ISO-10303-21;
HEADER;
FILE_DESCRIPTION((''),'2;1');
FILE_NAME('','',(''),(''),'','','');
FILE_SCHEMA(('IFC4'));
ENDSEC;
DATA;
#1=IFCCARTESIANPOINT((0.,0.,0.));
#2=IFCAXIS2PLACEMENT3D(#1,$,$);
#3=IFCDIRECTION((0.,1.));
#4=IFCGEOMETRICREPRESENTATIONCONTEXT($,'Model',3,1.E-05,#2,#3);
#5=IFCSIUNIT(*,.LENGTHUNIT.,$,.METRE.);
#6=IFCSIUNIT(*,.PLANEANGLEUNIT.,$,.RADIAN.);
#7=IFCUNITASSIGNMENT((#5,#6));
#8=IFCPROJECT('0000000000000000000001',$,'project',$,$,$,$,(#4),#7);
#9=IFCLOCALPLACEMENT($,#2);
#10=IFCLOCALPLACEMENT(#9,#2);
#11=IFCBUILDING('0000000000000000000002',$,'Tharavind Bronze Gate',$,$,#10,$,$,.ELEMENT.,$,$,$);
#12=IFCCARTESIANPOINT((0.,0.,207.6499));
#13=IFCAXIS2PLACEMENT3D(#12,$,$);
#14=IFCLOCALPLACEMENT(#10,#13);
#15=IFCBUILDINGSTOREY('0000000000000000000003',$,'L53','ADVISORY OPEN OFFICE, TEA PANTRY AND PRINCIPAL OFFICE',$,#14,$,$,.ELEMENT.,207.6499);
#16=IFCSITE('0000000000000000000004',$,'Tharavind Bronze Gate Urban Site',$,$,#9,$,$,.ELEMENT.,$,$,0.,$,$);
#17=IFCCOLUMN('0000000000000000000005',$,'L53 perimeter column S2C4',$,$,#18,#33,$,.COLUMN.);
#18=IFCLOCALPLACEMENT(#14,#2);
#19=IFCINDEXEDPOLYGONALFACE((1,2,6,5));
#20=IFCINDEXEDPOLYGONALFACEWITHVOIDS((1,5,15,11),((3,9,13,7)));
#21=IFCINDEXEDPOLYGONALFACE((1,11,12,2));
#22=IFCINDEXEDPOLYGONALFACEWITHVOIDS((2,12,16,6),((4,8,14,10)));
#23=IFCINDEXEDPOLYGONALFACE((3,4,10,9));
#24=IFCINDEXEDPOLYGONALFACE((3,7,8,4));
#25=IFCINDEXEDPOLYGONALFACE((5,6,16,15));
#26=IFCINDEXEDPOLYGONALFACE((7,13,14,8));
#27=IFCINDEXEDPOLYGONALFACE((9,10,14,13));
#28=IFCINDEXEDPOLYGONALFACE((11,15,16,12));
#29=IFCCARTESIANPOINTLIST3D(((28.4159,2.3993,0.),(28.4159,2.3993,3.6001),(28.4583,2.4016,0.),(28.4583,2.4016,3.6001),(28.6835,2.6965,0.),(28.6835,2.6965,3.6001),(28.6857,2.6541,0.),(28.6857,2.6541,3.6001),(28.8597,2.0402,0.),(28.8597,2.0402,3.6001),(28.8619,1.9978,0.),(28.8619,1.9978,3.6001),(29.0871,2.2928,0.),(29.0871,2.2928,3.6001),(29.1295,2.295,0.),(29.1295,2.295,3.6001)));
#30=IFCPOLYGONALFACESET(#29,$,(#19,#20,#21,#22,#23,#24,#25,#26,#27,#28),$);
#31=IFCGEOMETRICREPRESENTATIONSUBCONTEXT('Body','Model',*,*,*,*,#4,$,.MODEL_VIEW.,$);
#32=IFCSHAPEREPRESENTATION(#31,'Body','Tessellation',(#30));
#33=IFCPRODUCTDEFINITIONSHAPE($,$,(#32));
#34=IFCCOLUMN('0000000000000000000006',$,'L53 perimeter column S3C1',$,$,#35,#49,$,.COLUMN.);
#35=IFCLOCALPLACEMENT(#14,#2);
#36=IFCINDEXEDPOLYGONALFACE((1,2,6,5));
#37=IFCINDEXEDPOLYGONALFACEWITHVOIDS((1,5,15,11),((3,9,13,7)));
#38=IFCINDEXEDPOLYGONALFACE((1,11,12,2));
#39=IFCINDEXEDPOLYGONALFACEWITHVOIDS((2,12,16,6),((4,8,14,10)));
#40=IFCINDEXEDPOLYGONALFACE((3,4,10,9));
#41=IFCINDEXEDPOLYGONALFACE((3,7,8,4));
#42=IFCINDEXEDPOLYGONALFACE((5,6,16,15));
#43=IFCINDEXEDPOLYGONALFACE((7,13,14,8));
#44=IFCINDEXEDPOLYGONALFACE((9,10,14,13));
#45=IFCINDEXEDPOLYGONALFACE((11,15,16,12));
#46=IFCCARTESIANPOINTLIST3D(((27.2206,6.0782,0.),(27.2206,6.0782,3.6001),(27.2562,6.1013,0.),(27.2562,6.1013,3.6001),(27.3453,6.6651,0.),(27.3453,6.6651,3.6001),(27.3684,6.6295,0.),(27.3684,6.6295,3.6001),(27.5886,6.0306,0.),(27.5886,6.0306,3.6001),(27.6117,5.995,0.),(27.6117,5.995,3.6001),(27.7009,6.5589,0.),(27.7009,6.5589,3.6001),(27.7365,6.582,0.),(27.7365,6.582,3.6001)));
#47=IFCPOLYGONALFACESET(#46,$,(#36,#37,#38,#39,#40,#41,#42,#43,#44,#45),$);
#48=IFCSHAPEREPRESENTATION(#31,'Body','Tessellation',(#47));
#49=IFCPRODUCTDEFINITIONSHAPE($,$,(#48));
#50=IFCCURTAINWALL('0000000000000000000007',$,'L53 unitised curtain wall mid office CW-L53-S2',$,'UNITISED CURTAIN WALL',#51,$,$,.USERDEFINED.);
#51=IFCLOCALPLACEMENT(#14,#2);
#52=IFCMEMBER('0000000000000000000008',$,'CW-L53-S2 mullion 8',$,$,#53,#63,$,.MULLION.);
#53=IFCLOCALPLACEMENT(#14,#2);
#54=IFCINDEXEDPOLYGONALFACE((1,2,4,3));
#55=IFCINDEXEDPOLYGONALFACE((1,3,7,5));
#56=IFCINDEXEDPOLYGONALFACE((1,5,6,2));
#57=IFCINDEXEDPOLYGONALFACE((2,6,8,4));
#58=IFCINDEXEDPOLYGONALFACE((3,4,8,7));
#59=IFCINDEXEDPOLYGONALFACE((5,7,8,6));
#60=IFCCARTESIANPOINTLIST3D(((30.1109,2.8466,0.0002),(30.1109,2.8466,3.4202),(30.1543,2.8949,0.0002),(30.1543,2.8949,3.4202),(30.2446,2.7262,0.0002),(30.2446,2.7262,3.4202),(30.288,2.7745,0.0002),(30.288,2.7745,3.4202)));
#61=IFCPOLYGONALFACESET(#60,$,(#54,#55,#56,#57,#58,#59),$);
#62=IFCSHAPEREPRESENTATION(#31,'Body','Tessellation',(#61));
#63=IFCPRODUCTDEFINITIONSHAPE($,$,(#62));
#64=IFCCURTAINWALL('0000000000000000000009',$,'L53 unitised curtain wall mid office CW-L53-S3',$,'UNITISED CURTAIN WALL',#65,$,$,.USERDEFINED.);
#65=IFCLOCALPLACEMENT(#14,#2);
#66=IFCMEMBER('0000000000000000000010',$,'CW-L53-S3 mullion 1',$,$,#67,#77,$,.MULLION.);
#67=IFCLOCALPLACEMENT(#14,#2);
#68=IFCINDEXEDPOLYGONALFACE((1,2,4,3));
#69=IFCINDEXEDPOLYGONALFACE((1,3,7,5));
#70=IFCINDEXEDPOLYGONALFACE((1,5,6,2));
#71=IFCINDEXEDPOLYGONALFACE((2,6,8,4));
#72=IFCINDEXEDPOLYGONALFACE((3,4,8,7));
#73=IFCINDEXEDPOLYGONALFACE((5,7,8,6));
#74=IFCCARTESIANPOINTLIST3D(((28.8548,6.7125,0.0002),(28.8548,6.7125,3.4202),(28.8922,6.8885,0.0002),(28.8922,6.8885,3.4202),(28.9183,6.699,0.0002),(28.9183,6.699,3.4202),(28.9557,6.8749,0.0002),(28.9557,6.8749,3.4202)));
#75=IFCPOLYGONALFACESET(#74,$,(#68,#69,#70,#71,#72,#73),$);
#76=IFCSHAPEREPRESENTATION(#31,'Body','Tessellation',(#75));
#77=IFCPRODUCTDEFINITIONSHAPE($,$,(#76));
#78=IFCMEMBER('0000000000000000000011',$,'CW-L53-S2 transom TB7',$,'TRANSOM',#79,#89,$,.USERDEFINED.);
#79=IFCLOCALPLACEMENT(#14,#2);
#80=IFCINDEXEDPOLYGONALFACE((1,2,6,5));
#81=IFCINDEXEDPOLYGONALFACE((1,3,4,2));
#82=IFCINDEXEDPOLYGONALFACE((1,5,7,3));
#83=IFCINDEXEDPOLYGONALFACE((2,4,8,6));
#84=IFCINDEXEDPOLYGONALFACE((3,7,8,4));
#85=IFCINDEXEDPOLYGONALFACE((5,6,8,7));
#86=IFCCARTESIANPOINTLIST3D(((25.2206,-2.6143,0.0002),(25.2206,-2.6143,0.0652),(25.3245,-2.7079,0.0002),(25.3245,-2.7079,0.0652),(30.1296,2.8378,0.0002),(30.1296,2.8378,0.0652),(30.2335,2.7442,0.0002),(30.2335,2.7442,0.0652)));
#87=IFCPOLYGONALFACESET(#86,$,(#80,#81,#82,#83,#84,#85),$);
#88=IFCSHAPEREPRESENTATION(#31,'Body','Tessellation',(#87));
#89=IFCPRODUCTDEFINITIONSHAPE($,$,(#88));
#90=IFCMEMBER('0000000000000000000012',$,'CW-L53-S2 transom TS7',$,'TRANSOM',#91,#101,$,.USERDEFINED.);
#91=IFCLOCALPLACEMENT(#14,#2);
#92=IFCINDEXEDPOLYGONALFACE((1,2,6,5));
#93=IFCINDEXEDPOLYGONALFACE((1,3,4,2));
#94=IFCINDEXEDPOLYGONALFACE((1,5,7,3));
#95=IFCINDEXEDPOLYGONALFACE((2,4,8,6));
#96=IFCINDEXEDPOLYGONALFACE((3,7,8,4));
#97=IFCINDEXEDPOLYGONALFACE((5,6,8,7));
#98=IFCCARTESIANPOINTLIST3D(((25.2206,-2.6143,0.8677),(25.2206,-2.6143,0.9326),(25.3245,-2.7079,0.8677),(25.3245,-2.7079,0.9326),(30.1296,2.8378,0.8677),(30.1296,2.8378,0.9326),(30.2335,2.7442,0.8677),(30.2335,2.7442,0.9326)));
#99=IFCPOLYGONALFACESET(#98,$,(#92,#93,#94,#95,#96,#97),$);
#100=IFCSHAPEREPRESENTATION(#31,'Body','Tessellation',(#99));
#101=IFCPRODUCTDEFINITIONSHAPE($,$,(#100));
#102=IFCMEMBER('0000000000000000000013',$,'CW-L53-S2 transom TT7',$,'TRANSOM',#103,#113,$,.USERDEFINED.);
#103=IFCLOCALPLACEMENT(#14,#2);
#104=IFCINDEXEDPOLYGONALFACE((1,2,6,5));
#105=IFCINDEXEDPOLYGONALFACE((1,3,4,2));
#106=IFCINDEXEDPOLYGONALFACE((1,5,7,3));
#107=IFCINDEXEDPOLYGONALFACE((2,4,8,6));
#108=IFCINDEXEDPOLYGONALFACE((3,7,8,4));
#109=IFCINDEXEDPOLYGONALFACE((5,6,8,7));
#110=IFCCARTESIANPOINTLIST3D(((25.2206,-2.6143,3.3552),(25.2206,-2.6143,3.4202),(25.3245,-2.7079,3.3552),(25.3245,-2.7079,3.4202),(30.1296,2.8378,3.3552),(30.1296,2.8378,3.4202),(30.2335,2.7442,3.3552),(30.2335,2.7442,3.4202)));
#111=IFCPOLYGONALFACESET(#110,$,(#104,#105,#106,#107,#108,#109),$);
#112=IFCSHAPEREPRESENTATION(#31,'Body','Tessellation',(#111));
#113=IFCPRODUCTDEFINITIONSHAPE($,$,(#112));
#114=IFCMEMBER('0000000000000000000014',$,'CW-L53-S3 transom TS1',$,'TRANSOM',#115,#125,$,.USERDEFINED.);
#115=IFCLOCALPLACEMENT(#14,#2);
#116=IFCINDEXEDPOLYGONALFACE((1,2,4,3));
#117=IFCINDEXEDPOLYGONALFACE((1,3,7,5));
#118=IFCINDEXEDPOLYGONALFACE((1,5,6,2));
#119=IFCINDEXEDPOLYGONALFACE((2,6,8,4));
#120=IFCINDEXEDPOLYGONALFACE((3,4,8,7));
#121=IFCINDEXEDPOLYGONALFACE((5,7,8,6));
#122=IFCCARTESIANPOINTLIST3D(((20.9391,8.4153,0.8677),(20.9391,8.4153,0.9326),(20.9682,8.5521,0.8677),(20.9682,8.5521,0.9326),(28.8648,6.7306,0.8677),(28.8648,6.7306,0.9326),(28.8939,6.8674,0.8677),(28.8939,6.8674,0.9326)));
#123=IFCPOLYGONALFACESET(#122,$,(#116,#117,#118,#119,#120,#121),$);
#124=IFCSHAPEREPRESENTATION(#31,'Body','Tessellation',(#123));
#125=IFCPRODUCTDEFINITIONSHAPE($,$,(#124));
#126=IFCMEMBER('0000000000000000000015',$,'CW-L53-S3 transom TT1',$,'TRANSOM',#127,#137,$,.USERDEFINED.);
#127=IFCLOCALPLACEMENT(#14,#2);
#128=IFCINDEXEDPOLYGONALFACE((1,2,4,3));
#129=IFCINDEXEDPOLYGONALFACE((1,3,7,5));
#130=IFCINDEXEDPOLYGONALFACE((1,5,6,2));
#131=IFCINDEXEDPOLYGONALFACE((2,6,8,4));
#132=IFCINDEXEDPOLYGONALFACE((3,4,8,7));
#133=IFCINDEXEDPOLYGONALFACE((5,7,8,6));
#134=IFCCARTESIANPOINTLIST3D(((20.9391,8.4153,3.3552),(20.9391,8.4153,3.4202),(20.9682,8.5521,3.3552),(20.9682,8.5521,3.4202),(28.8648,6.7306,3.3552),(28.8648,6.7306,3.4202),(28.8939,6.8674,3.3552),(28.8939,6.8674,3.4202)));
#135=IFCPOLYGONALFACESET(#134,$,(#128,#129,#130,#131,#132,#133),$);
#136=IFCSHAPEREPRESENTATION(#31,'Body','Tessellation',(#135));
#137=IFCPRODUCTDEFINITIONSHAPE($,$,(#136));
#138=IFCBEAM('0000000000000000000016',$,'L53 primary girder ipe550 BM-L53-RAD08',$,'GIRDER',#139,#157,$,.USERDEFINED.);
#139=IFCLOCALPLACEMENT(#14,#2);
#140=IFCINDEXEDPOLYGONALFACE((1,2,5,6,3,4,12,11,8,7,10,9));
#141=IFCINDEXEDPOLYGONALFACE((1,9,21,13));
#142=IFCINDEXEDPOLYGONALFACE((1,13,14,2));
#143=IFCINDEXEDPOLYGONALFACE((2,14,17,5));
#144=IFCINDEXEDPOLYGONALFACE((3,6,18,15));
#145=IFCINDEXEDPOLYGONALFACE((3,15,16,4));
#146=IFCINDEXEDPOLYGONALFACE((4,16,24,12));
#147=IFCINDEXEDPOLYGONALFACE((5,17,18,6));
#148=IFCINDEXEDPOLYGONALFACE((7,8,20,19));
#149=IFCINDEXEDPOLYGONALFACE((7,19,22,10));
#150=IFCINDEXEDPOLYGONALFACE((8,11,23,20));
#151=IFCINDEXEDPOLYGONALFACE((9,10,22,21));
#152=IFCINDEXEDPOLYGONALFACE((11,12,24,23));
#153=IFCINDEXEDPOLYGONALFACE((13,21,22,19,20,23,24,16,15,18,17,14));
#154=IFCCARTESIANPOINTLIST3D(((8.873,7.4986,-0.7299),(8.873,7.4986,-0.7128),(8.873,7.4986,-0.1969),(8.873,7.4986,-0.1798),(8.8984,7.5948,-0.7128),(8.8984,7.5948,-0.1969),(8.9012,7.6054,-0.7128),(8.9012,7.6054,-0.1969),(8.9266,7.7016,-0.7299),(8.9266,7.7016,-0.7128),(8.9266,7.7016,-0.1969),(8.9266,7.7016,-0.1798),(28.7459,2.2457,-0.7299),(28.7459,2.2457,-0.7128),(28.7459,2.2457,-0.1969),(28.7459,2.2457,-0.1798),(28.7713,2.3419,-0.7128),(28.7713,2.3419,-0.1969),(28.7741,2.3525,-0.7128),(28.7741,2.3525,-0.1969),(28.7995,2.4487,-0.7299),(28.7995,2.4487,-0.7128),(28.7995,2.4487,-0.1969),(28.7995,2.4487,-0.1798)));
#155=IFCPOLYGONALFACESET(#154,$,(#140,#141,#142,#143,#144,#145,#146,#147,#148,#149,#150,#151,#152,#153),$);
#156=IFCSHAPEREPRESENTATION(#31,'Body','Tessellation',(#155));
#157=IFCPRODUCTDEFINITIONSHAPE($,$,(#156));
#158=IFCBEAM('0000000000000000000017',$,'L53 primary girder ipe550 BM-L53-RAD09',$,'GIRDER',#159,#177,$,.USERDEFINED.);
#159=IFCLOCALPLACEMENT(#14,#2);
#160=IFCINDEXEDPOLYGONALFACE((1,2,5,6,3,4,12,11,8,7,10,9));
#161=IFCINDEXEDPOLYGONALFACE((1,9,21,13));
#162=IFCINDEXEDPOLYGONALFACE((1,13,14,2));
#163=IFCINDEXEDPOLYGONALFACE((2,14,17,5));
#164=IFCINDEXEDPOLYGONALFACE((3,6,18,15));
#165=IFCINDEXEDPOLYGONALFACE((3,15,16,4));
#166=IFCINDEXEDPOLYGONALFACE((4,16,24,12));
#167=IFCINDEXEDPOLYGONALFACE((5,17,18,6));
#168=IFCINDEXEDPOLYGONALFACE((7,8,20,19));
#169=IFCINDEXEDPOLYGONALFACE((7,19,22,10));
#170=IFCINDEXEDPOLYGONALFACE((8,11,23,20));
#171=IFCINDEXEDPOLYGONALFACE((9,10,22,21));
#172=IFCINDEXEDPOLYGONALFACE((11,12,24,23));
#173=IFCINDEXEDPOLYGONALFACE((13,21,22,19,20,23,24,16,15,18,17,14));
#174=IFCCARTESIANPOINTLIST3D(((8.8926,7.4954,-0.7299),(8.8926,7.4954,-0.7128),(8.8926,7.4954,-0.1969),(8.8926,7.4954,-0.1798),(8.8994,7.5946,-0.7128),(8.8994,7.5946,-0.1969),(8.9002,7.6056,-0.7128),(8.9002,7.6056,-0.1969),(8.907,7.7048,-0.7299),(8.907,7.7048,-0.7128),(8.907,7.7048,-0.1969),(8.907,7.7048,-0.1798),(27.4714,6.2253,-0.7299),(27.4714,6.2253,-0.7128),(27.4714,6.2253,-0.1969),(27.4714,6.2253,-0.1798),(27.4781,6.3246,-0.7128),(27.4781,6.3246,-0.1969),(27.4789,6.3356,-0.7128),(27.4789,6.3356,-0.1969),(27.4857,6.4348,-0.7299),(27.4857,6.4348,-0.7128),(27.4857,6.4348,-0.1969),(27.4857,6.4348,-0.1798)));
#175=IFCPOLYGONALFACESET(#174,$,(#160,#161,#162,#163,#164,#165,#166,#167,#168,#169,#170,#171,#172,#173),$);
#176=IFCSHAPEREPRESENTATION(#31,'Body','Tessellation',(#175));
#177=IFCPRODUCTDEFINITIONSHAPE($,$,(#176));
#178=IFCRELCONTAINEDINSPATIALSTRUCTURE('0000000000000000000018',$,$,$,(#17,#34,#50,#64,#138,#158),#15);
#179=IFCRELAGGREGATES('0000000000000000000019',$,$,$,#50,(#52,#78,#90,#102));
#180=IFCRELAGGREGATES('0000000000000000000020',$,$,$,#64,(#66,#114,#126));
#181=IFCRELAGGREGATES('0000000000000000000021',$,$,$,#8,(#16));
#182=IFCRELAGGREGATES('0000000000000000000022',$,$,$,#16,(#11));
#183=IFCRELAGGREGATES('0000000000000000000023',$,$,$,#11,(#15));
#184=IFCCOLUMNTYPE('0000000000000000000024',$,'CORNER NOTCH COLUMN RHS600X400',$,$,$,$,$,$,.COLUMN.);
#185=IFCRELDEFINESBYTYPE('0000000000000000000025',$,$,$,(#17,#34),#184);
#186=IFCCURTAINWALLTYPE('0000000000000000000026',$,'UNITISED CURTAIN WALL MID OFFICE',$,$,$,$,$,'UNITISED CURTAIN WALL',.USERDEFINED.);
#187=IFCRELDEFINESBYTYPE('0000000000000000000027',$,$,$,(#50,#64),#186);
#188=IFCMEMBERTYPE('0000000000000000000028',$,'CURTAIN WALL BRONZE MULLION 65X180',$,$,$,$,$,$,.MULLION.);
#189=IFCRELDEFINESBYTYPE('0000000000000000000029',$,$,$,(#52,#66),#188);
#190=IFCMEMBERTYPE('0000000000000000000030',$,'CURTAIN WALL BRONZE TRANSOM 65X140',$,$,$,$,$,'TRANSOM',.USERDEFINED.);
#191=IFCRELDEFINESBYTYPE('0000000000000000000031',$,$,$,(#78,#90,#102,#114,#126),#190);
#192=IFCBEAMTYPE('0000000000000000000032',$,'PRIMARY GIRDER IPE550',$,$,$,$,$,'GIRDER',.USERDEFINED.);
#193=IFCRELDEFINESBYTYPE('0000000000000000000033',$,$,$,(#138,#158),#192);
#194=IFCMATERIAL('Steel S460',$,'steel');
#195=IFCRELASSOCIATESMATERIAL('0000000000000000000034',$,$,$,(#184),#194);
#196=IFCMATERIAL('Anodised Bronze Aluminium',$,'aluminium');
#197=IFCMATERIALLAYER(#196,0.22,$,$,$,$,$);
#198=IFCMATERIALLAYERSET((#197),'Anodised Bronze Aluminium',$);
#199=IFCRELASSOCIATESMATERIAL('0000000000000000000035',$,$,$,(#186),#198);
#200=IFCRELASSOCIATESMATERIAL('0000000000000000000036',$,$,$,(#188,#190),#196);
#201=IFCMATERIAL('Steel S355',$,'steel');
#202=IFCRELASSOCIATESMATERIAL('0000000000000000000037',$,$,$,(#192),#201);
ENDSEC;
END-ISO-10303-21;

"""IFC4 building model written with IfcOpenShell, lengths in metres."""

from ifc_helpers import new_model, si_unit, direction, frame, origin, origin_2d, place, context, subcontext, project, spatial, rectangle, hollow_rectangle, i_section, extrude, material, layer, layer_set, material_profile, profile_set, type_object, element, aggregate, save


model = new_model("IFC4")

# Units and contexts
model_context = context("Model", 3, precision=1e-05, world=origin(), true_north=direction((0.0, 1.0)))
body_context = subcontext(model_context, "Body", "Model", "MODEL_VIEW")
ifc_project = project(units=[si_unit("LENGTHUNIT", "METRE"), si_unit("PLANEANGLEUNIT", "RADIAN")], contexts=[model_context])

# Site, building, storey
site_placement = place(None, origin())
site = spatial("IfcSite", under=ifc_project, at=site_placement, Name="Tharavind Bronze Gate Urban Site", CompositionType="ELEMENT", RefElevation=0.0)
building_placement = place(site_placement, origin())
building = spatial("IfcBuilding", under=site, at=building_placement, Name="Tharavind Bronze Gate", CompositionType="ELEMENT")
storey_placement = place(building_placement, frame((0.0, 0.0, 207.6499)))
storey = spatial("IfcBuildingStorey", under=building, at=storey_placement, Name="L53", Description="ADVISORY OPEN OFFICE, TEA PANTRY AND PRINCIPAL OFFICE", CompositionType="ELEMENT", Elevation=207.6499)

# Columns
ifc_material_1 = material(Name="Steel S460", Category="steel")
ifc_material_profile_1 = material_profile(ifc_material_1, hollow_rectangle(XDim=0.3999, YDim=0.6001, WallThickness=0.03, at=origin_2d()), Name="RHS600X400X30")
ifc_profile_set_1 = profile_set([ifc_material_profile_1], Name="Steel S460")
column_type = type_object("IfcColumnType", Name="CORNER NOTCH COLUMN RHS600X400", PredefinedType="COLUMN", material=ifc_profile_set_1)
for number, where, z_axis, x_axis, name in (
    (1, (28.7727, 2.3472, 0.0), (0.0, 0.0, 1.0), (0.669131, 0.743145, 0.0), "L53 perimeter column S2C4"),
    (2, (27.4785, 6.3301, 0.0), (0.0, 0.0, 1.0), (-0.978148, 0.207912, 0.0), "L53 perimeter column S3C1"),
):
    element("IfcColumn", number, at=place(storey_placement, frame(where, z_axis=z_axis, x_axis=x_axis)), inside=storey, type_object=column_type, Name=name, PredefinedType="COLUMN", context=body_context, shape_type="SweptSolid", body=[
        extrude(hollow_rectangle(XDim=0.3999, YDim=0.6001, WallThickness=0.03, at=origin_2d()), origin(), (0.0, 0.0, 1.0), 3.6001),
    ])

# Curtain walls, members
ifc_material_2 = material(Name="Anodised Bronze Aluminium", Category="aluminium")
ifc_layer_1 = layer(ifc_material_2, 0.22)
ifc_layer_set_1 = layer_set([ifc_layer_1], Name="Anodised Bronze Aluminium")
curtain_wall_type = type_object("IfcCurtainWallType", Name="UNITISED CURTAIN WALL MID OFFICE", ElementType="UNITISED CURTAIN WALL", PredefinedType="USERDEFINED", material=ifc_layer_set_1)
curtain_wall_1_placement = place(storey_placement, origin())
curtain_wall_1 = element("IfcCurtainWall", 3, at=curtain_wall_1_placement, inside=storey, type_object=curtain_wall_type, Name="L53 unitised curtain wall mid office CW-L53-S2", ObjectType="UNITISED CURTAIN WALL", PredefinedType="USERDEFINED")
member_type_1 = type_object("IfcMemberType", Name="CURTAIN WALL BRONZE MULLION 65X180", PredefinedType="MULLION", material=ifc_material_2)
member_1_placement = place(storey_placement, frame((30.1995, 2.8105, 0.0002), z_axis=(0.0, 0.0, 1.0), x_axis=(0.669131, 0.743145, 0.0)))
member_1 = element("IfcMember", 4, at=member_1_placement, type_object=member_type_1, Name="CW-L53-S2 mullion 8", PredefinedType="MULLION", context=body_context, shape_type="SweptSolid", body=[
    extrude(rectangle(XDim=0.0649, YDim=0.1799, at=origin_2d()), origin(), (0.0, 0.0, 1.0), 3.4199),
])
curtain_wall_2_placement = place(storey_placement, origin())
curtain_wall_2 = element("IfcCurtainWall", 5, at=curtain_wall_2_placement, inside=storey, type_object=curtain_wall_type, Name="L53 unitised curtain wall mid office CW-L53-S3", ObjectType="UNITISED CURTAIN WALL", PredefinedType="USERDEFINED")
member_2_placement = place(storey_placement, frame((28.9053, 6.7937, 0.0002), z_axis=(0.0, 0.0, 1.0), x_axis=(-0.978148, 0.207912, 0.0)))
member_2 = element("IfcMember", 6, at=member_2_placement, type_object=member_type_1, Name="CW-L53-S3 mullion 1", PredefinedType="MULLION", context=body_context, shape_type="SweptSolid", body=[
    extrude(rectangle(XDim=0.0649, YDim=0.1799, at=origin_2d()), origin(), (0.0, 0.0, 1.0), 3.4199),
])

# Members
member_type_2 = type_object("IfcMemberType", Name="CURTAIN WALL BRONZE TRANSOM 65X140", ElementType="TRANSOM", PredefinedType="USERDEFINED", material=ifc_material_2)
member_3_placement = place(storey_placement, frame((27.7271, 0.0649, 0.0002), z_axis=(0.0, 0.0, 1.0), x_axis=(0.669131, 0.743145, 0.0)))
member_3 = element("IfcMember", 7, at=member_3_placement, type_object=member_type_2, Name="CW-L53-S2 transom TB7", ObjectType="TRANSOM", PredefinedType="USERDEFINED", context=body_context, shape_type="SweptSolid", body=[
    extrude(rectangle(XDim=7.3364, YDim=0.1399, at=origin_2d()), origin(), (0.0, 0.0, 1.0), 0.0649),
])
member_4_placement = place(storey_placement, frame((27.7271, 0.0649, 0.8677), z_axis=(0.0, 0.0, 1.0), x_axis=(0.669131, 0.743145, 0.0)))
member_4 = element("IfcMember", 8, at=member_4_placement, type_object=member_type_2, Name="CW-L53-S2 transom TS7", ObjectType="TRANSOM", PredefinedType="USERDEFINED", context=body_context, shape_type="SweptSolid", body=[
    extrude(rectangle(XDim=7.3364, YDim=0.1399, at=origin_2d()), origin(), (0.0, 0.0, 1.0), 0.0649),
])
member_5_placement = place(storey_placement, frame((27.7271, 0.0649, 3.3552), z_axis=(0.0, 0.0, 1.0), x_axis=(0.669131, 0.743145, 0.0)))
member_5 = element("IfcMember", 9, at=member_5_placement, type_object=member_type_2, Name="CW-L53-S2 transom TT7", ObjectType="TRANSOM", PredefinedType="USERDEFINED", context=body_context, shape_type="SweptSolid", body=[
    extrude(rectangle(XDim=7.3364, YDim=0.1399, at=origin_2d()), origin(), (0.0, 0.0, 1.0), 0.0649),
])
member_6_placement = place(storey_placement, frame((24.9165, 7.6414, 0.8677), z_axis=(0.0, 0.0, 1.0), x_axis=(-0.978148, 0.207912, 0.0)))
member_6 = element("IfcMember", 10, at=member_6_placement, type_object=member_type_2, Name="CW-L53-S3 transom TS1", ObjectType="TRANSOM", PredefinedType="USERDEFINED", context=body_context, shape_type="SweptSolid", body=[
    extrude(rectangle(XDim=8.1028, YDim=0.1399, at=origin_2d()), origin(), (0.0, 0.0, 1.0), 0.0649),
])
member_7_placement = place(storey_placement, frame((24.9165, 7.6414, 3.3552), z_axis=(0.0, 0.0, 1.0), x_axis=(-0.978148, 0.207912, 0.0)))
member_7 = element("IfcMember", 11, at=member_7_placement, type_object=member_type_2, Name="CW-L53-S3 transom TT1", ObjectType="TRANSOM", PredefinedType="USERDEFINED", context=body_context, shape_type="SweptSolid", body=[
    extrude(rectangle(XDim=8.1028, YDim=0.1399, at=origin_2d()), origin(), (0.0, 0.0, 1.0), 0.0649),
])

# Beams
ifc_material_3 = material(Name="Steel S355", Category="steel")
ifc_material_profile_2 = material_profile(ifc_material_3, i_section(OverallWidth=0.21, OverallDepth=0.55, WebThickness=0.011, FlangeThickness=0.0171, at=origin_2d()), Name="IPE550")
ifc_profile_set_2 = profile_set([ifc_material_profile_2], Name="Steel S355")
beam_type_1 = type_object("IfcBeamType", Name="PRIMARY GIRDER IPE550", ElementType="GIRDER", PredefinedType="USERDEFINED", material=ifc_profile_set_2)
beam_1_placement = place(storey_placement, frame((28.7727, 2.3472, -0.4548), z_axis=(-0.966796, 0.255551, 0.0), x_axis=(-0.255551, -0.966796, 0.0)))
element("IfcBeam", 12, at=beam_1_placement, inside=storey, type_object=beam_type_1, Name="L53 primary girder ipe550 BM-L53-RAD08", ObjectType="GIRDER", PredefinedType="USERDEFINED", context=body_context, shape_type="SweptSolid", body=[
    extrude(i_section(OverallWidth=0.21, OverallDepth=0.55, WebThickness=0.011, FlangeThickness=0.0171, at=origin_2d()), origin(), (0.0, 0.0, 1.0), 20.5554),
])
beam_2_placement = place(storey_placement, frame((27.4785, 6.3301, -0.4548), z_axis=(-0.997672, 0.0682, 0.0), x_axis=(-0.0682, -0.997672, 0.0)))
element("IfcBeam", 13, at=beam_2_placement, inside=storey, type_object=beam_type_1, Name="L53 primary girder ipe550 BM-L53-RAD09", ObjectType="GIRDER", PredefinedType="USERDEFINED", context=body_context, shape_type="SweptSolid", body=[
    extrude(i_section(OverallWidth=0.21, OverallDepth=0.55, WebThickness=0.011, FlangeThickness=0.0171, at=origin_2d()), origin(), (0.0, 0.0, 1.0), 18.6221),
])

aggregate(curtain_wall_1, [member_1, member_3, member_4, member_5])
aggregate(curtain_wall_2, [member_2, member_6, member_7])

save(model, "model.ifc")
